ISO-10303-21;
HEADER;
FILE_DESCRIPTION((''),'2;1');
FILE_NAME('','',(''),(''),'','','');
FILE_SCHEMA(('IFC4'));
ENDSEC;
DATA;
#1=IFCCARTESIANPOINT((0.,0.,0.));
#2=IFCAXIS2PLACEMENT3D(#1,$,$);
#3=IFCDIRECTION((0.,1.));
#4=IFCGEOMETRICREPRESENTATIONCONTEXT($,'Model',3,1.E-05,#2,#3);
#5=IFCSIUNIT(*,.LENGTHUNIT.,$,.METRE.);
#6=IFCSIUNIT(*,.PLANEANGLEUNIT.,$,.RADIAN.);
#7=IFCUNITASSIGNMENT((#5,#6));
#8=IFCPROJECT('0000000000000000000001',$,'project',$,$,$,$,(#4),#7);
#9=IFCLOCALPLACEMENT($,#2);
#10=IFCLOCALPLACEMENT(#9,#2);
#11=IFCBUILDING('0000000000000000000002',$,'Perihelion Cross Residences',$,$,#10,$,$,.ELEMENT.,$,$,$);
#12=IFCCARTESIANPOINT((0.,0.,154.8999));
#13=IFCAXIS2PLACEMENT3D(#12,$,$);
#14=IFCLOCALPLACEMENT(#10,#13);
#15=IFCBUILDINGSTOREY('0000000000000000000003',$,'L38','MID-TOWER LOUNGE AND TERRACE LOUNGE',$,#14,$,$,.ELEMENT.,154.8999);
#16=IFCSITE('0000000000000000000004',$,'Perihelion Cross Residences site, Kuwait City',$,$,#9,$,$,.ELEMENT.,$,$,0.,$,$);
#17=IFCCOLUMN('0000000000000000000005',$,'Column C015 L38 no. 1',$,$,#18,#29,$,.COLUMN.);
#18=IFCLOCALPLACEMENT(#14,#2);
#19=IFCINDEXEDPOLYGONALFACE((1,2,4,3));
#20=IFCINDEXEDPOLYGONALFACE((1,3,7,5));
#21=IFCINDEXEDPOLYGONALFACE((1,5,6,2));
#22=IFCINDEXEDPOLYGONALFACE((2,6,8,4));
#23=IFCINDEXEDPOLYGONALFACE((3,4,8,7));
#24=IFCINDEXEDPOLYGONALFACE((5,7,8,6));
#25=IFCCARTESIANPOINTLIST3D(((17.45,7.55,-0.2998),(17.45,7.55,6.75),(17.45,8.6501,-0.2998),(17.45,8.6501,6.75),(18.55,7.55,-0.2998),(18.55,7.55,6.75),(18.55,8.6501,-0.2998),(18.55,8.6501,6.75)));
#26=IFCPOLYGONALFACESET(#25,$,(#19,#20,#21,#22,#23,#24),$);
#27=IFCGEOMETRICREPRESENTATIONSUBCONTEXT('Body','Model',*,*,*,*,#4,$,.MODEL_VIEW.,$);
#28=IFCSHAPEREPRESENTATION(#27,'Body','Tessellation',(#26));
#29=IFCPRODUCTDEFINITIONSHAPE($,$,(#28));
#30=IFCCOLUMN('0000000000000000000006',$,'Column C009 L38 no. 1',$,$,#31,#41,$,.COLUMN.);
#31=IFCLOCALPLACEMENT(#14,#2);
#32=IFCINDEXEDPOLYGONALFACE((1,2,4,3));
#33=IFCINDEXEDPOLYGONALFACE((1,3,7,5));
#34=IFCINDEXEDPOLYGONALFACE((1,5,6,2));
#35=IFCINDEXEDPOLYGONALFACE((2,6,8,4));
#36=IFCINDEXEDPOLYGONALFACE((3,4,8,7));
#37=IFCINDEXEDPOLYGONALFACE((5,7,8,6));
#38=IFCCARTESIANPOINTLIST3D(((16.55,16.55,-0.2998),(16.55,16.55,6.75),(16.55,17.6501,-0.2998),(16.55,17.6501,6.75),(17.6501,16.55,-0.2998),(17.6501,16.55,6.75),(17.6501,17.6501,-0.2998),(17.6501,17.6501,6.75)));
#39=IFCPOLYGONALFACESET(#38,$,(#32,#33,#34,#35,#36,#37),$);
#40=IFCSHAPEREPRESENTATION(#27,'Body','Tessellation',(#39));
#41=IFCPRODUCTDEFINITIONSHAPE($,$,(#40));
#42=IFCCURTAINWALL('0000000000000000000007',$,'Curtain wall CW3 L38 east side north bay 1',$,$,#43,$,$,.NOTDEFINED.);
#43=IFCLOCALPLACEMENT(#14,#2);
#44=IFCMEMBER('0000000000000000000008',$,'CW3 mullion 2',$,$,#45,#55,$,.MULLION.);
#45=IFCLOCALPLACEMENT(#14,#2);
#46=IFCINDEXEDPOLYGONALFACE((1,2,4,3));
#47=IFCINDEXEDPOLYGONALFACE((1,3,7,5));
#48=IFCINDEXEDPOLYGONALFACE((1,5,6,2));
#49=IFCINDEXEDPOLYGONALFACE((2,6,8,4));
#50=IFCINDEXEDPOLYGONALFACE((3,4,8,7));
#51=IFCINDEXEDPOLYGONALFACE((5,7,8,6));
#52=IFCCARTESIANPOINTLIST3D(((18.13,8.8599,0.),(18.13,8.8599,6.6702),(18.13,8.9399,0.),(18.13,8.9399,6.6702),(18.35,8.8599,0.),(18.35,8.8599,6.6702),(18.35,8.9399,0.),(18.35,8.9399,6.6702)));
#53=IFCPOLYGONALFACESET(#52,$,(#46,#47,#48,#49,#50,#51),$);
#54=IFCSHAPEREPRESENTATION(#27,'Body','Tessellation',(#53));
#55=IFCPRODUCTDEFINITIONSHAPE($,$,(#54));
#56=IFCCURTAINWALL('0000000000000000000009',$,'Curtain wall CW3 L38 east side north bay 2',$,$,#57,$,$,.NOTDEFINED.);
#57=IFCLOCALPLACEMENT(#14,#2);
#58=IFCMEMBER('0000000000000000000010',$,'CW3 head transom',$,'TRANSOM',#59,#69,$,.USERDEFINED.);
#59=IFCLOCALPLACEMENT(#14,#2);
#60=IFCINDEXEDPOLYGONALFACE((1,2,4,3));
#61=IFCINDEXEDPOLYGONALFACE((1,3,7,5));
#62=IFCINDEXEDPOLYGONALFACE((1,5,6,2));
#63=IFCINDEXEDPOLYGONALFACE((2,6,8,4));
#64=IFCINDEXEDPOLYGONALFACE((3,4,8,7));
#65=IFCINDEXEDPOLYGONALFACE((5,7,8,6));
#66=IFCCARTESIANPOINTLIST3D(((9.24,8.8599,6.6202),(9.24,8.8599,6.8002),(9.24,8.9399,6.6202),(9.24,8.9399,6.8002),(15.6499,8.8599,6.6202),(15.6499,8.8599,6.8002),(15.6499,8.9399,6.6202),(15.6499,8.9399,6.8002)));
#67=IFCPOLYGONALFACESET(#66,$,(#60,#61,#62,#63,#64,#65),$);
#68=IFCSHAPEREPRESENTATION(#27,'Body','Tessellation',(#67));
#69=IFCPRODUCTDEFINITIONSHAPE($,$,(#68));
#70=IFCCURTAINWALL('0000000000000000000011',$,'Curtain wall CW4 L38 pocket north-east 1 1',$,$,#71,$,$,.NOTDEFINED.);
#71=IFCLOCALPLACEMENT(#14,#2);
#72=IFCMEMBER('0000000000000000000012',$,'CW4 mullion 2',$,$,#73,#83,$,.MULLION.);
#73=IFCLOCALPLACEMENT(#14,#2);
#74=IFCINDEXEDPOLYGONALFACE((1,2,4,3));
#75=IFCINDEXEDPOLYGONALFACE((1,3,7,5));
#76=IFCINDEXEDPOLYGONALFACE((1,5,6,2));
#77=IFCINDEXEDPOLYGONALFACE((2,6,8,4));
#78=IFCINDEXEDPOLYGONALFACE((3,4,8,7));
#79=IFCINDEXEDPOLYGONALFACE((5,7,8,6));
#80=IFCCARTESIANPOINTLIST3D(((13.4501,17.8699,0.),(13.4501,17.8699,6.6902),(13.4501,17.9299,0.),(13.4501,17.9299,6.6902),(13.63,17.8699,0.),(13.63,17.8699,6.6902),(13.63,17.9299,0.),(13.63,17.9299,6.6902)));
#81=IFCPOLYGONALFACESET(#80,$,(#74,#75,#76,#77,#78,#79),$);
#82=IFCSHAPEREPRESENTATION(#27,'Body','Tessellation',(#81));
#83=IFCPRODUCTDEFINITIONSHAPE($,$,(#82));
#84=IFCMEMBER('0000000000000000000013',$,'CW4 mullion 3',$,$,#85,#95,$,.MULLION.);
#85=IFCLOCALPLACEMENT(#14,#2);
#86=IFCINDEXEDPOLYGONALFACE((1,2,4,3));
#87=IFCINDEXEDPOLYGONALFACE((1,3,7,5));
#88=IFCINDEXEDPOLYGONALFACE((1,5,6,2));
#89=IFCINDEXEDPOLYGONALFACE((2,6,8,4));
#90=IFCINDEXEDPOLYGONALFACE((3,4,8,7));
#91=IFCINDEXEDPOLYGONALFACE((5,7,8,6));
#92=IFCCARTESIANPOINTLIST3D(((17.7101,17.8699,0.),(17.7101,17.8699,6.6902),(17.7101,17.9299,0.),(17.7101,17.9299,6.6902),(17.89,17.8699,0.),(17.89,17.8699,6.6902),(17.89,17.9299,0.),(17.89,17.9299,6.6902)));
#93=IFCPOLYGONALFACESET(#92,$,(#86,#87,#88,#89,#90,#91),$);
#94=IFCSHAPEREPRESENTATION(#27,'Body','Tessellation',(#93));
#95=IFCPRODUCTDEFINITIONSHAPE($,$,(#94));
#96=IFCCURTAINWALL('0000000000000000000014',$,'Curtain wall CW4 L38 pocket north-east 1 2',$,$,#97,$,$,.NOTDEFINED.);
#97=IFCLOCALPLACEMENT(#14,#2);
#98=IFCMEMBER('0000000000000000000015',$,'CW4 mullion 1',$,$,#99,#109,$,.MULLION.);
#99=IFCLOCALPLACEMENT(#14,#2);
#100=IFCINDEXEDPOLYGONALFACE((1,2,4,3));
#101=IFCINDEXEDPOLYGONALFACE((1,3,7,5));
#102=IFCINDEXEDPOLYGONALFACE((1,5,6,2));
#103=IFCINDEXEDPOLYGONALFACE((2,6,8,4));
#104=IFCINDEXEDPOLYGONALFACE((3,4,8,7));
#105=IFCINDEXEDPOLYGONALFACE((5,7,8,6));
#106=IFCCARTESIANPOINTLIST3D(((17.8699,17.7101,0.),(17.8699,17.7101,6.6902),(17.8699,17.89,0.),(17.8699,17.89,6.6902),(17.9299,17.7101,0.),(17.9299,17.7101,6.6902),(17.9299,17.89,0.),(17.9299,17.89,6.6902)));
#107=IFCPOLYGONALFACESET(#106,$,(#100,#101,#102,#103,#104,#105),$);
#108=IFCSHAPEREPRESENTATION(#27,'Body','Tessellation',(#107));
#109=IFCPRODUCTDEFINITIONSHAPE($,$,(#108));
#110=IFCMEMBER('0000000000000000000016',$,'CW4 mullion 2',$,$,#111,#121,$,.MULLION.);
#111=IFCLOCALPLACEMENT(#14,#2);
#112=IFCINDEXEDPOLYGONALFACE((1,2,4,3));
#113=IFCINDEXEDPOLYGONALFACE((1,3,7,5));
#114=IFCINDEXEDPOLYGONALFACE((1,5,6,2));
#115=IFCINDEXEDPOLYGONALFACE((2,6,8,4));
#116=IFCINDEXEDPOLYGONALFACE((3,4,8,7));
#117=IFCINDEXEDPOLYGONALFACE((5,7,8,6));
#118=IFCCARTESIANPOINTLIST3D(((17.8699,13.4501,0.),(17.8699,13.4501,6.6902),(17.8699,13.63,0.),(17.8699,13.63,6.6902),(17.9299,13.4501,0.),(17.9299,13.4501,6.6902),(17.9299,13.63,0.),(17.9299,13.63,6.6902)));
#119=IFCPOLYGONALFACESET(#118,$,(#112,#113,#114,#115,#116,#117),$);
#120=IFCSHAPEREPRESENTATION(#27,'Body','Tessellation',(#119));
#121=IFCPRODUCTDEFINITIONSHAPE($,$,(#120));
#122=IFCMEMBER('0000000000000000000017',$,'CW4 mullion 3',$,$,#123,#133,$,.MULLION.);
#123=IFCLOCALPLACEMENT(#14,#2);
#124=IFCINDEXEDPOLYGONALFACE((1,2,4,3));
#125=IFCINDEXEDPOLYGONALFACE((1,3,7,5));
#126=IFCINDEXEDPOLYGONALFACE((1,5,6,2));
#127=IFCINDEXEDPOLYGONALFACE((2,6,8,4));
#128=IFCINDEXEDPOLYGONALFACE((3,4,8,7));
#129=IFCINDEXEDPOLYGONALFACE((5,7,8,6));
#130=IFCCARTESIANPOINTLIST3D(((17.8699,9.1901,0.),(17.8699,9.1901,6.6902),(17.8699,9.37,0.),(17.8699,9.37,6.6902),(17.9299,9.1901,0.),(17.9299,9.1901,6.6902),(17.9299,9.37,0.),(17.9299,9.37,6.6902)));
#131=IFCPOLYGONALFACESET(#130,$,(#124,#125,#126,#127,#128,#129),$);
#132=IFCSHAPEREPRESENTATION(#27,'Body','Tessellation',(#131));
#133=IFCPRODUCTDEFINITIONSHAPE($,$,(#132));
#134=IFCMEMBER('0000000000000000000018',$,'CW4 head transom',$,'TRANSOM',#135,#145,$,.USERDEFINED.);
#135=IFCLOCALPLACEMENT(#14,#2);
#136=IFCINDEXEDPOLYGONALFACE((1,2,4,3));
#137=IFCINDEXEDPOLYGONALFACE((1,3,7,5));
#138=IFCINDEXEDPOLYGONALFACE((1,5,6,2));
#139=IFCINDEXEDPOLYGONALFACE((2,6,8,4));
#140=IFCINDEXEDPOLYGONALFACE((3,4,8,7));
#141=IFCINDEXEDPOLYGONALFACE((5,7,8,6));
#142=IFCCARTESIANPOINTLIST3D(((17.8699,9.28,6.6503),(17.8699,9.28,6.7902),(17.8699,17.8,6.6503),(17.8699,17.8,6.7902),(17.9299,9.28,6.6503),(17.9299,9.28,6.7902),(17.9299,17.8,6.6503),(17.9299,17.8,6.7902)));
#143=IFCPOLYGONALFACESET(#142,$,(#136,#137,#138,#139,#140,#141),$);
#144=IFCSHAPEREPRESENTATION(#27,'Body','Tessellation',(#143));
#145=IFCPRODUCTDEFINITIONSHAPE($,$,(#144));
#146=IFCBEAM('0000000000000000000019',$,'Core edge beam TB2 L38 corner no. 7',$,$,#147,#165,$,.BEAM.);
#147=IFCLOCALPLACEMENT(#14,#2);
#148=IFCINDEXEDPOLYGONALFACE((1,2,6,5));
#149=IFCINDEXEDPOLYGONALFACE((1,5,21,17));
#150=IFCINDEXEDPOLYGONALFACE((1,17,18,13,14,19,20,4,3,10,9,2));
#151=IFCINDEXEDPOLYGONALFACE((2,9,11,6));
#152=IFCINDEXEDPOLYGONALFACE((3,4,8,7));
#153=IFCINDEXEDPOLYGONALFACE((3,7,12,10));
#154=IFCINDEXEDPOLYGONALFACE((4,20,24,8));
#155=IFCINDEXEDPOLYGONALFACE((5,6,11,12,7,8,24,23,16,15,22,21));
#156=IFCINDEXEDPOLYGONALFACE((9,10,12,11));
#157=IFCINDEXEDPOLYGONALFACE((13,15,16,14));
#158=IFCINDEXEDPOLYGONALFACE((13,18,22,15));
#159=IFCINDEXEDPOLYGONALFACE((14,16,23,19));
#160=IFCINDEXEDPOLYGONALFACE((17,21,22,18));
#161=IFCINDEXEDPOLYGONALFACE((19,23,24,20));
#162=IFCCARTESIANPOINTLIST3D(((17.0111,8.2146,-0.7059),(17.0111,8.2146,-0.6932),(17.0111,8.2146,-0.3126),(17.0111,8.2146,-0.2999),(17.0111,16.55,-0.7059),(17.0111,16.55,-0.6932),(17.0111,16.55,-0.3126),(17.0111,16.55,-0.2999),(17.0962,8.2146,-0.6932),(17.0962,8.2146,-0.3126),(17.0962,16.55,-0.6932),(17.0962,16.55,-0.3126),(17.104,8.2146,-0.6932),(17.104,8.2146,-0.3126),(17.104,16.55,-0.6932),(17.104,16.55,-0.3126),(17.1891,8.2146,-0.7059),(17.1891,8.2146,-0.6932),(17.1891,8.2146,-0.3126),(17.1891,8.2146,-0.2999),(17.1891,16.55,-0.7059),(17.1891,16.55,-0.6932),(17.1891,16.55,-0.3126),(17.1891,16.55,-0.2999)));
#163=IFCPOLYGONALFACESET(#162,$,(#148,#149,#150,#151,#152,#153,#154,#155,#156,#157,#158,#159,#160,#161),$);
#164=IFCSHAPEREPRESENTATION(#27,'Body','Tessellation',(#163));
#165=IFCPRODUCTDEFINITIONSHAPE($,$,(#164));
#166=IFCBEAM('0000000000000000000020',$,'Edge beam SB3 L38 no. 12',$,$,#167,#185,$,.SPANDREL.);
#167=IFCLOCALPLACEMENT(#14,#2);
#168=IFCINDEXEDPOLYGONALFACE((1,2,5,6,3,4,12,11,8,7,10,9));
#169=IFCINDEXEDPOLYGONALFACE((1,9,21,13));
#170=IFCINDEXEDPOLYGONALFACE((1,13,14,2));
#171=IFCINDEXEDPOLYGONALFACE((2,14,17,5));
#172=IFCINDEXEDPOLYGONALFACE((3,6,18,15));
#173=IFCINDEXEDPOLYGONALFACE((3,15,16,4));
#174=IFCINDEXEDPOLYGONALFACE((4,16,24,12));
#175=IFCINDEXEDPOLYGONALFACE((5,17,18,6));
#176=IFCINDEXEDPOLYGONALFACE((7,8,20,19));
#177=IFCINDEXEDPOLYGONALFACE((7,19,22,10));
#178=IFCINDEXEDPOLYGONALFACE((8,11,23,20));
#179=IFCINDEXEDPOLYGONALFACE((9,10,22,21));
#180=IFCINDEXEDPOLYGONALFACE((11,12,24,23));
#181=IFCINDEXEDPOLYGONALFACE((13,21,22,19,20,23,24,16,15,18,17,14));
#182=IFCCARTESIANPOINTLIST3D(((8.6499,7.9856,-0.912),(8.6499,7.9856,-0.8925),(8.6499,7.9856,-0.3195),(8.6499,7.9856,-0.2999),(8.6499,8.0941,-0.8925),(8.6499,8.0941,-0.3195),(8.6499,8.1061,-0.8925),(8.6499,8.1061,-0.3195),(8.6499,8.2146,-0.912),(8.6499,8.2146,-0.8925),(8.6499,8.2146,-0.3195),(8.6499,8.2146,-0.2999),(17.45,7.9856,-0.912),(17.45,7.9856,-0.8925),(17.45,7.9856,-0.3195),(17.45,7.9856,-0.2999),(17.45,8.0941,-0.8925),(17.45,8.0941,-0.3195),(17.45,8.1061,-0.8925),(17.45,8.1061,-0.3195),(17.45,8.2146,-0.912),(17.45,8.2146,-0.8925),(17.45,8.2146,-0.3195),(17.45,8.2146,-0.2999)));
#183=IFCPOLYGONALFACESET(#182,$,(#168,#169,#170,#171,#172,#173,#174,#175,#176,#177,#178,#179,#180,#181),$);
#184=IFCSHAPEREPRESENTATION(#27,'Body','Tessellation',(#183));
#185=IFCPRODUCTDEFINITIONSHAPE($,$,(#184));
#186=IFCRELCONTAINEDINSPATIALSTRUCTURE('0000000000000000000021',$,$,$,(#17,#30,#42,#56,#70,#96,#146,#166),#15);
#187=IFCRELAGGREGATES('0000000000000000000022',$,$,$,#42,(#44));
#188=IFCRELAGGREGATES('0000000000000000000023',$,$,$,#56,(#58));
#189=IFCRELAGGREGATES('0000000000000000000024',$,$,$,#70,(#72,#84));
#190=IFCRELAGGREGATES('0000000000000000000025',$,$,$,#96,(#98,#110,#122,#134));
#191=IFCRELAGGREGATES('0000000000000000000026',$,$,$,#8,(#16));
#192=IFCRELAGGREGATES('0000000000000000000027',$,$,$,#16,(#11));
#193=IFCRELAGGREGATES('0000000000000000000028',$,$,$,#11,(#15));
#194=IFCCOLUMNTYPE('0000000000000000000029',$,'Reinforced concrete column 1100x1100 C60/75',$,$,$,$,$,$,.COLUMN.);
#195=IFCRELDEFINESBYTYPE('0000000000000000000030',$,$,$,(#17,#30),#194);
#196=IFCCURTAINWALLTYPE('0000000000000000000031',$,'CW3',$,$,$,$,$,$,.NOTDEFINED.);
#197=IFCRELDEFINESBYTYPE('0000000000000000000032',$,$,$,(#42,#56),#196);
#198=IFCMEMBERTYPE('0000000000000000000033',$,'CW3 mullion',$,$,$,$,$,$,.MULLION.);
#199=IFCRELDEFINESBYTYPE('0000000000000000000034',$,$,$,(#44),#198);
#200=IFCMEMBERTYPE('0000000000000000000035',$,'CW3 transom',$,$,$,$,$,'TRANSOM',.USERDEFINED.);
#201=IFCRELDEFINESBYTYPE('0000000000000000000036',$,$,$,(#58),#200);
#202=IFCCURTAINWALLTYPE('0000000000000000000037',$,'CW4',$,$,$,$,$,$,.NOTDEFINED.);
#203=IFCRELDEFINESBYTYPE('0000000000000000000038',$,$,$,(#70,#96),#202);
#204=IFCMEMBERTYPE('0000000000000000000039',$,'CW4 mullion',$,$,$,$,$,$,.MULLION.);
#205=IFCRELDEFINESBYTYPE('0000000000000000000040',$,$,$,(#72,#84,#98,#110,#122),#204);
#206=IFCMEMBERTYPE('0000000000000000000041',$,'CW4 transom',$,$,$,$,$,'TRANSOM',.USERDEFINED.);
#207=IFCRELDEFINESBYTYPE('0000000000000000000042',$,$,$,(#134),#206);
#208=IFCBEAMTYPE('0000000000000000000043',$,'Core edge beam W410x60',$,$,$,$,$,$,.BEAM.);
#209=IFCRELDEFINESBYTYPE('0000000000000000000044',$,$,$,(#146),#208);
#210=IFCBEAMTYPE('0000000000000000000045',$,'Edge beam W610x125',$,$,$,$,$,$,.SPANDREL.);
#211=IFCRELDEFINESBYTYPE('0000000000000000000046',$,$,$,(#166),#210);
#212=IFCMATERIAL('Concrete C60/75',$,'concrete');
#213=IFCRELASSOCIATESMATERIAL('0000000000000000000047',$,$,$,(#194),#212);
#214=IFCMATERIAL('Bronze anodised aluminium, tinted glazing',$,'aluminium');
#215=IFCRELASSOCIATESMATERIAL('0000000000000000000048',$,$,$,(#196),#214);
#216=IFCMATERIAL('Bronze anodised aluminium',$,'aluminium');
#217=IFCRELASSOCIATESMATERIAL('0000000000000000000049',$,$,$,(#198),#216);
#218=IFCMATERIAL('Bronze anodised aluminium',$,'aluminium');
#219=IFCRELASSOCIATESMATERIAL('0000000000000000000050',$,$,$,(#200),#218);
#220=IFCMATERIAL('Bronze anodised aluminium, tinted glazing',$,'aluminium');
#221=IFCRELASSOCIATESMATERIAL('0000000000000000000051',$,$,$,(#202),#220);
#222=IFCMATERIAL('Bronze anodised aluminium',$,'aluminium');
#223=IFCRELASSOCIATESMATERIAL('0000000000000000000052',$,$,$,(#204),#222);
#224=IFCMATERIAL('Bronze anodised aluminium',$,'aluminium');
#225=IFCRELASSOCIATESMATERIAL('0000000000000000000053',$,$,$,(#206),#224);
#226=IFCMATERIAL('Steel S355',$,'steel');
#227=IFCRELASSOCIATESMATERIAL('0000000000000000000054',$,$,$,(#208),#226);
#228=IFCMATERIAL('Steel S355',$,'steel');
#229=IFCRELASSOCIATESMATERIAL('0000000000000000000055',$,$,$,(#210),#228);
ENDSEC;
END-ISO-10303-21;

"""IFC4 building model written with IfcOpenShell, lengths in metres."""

from ifc_helpers import new_model, si_unit, direction, frame, origin, origin_2d, place, context, subcontext, project, spatial, rectangle, i_section, extrude, material, material_profile, profile_set, type_object, element, aggregate, save


model = new_model("IFC4")

# Units and contexts
model_context = context("Model", 3, precision=1e-05, world=origin(), true_north=direction((0.0, 1.0)))
body_context = subcontext(model_context, "Body", "Model", "MODEL_VIEW")
ifc_project = project(units=[si_unit("LENGTHUNIT", "METRE"), si_unit("PLANEANGLEUNIT", "RADIAN")], contexts=[model_context])

# Site, building, storey
site_placement = place(None, origin())
site = spatial("IfcSite", under=ifc_project, at=site_placement, Name="Perihelion Cross Residences site, Kuwait City", CompositionType="ELEMENT", RefElevation=0.0)
building_placement = place(site_placement, origin())
building = spatial("IfcBuilding", under=site, at=building_placement, Name="Perihelion Cross Residences", CompositionType="ELEMENT")
storey_placement = place(building_placement, frame((0.0, 0.0, 154.8999)))
storey = spatial("IfcBuildingStorey", under=building, at=storey_placement, Name="L38", Description="MID-TOWER LOUNGE AND TERRACE LOUNGE", CompositionType="ELEMENT", Elevation=154.8999)

# Columns
ifc_material_1 = material(Name="Concrete C60/75", Category="concrete")
ifc_material_profile_1 = material_profile(ifc_material_1, rectangle(XDim=1.1001, YDim=1.1001, at=origin_2d()), Name="RC 1100x1100")
ifc_profile_set_1 = profile_set([ifc_material_profile_1], Name="Concrete C60/75")
column_type = type_object("IfcColumnType", Name="Reinforced concrete column 1100x1100 C60/75", PredefinedType="COLUMN", material=ifc_profile_set_1)
for number, where, z_axis, x_axis, name in (
    (1, (18.0, 8.1001, -0.2998), (0.0, 0.0, 1.0), (1.0, 0.0, 0.0), "Column C015 L38 no. 1"),
    (2, (17.1001, 17.1001, -0.2998), (0.0, 0.0, 1.0), (1.0, 0.0, 0.0), "Column C009 L38 no. 1"),
):
    element("IfcColumn", number, at=place(storey_placement, frame(where, z_axis=z_axis, x_axis=x_axis)), inside=storey, type_object=column_type, Name=name, PredefinedType="COLUMN", context=body_context, shape_type="SweptSolid", body=[
        extrude(rectangle(XDim=1.1001, YDim=1.1001, at=origin_2d()), origin(), (0.0, 0.0, 1.0), 7.0498),
    ])

# Curtain walls, members
ifc_material_2 = material(Name="Bronze anodised aluminium, tinted glazing", Category="aluminium")
curtain_wall_type_1 = type_object("IfcCurtainWallType", Name="CW3", PredefinedType="NOTDEFINED", material=ifc_material_2)
curtain_wall_1_placement = place(storey_placement, origin())
curtain_wall_1 = element("IfcCurtainWall", 3, at=curtain_wall_1_placement, inside=storey, type_object=curtain_wall_type_1, Name="Curtain wall CW3 L38 east side north bay 1", PredefinedType="NOTDEFINED")
ifc_material_3 = material(Name="Bronze anodised aluminium", Category="aluminium")
ifc_material_profile_2 = material_profile(ifc_material_3, rectangle(XDim=0.0801, YDim=0.22, at=origin_2d()), Name="CW3 mullion")
ifc_profile_set_2 = profile_set([ifc_material_profile_2], Name="Bronze anodised aluminium")
member_type_1 = type_object("IfcMemberType", Name="CW3 mullion", PredefinedType="MULLION", material=ifc_profile_set_2)
member_1_placement = place(storey_placement, frame((18.24, 8.8999, 0.0), z_axis=(0.0, 0.0, 1.0), x_axis=(0.0, -1.0, 0.0)))
member_1 = element("IfcMember", 4, at=member_1_placement, type_object=member_type_1, Name="CW3 mullion 2", PredefinedType="MULLION", context=body_context, shape_type="SweptSolid", body=[
    extrude(rectangle(XDim=0.0801, YDim=0.22, at=origin_2d()), origin(), (0.0, 0.0, 1.0), 6.6702),
])
aggregate(curtain_wall_1, [member_1])
curtain_wall_2_placement = place(storey_placement, origin())
curtain_wall_2 = element("IfcCurtainWall", 5, at=curtain_wall_2_placement, inside=storey, type_object=curtain_wall_type_1, Name="Curtain wall CW3 L38 east side north bay 2", PredefinedType="NOTDEFINED")
ifc_material_4 = material(Name="Bronze anodised aluminium", Category="aluminium")
ifc_material_profile_3 = material_profile(ifc_material_4, rectangle(XDim=0.0801, YDim=0.1799, at=origin_2d()), Name="CW3 transom")
ifc_profile_set_3 = profile_set([ifc_material_profile_3], Name="Bronze anodised aluminium")
member_type_2 = type_object("IfcMemberType", Name="CW3 transom", ElementType="TRANSOM", PredefinedType="USERDEFINED", material=ifc_profile_set_3)
member_2_placement = place(storey_placement, frame((15.6499, 8.8999, 6.7102), z_axis=(-1.0, 0.0, 0.0), x_axis=(0.0, -1.0, 0.0)))
member_2 = element("IfcMember", 6, at=member_2_placement, type_object=member_type_2, Name="CW3 head transom", ObjectType="TRANSOM", PredefinedType="USERDEFINED", context=body_context, shape_type="SweptSolid", body=[
    extrude(rectangle(XDim=0.0801, YDim=0.1799, at=origin_2d()), origin(), (0.0, 0.0, 1.0), 6.4099),
])

# Curtain walls, members
ifc_material_5 = material(Name="Bronze anodised aluminium, tinted glazing", Category="aluminium")
curtain_wall_type_2 = type_object("IfcCurtainWallType", Name="CW4", PredefinedType="NOTDEFINED", material=ifc_material_5)
curtain_wall_3_placement = place(storey_placement, origin())
curtain_wall_3 = element("IfcCurtainWall", 7, at=curtain_wall_3_placement, inside=storey, type_object=curtain_wall_type_2, Name="Curtain wall CW4 L38 pocket north-east 1 1", PredefinedType="NOTDEFINED")
ifc_material_6 = material(Name="Bronze anodised aluminium", Category="aluminium")
ifc_material_profile_4 = material_profile(ifc_material_6, rectangle(XDim=0.0601, YDim=0.1799, at=origin_2d()), Name="CW4 mullion")
ifc_profile_set_4 = profile_set([ifc_material_profile_4], Name="Bronze anodised aluminium")
member_type_3 = type_object("IfcMemberType", Name="CW4 mullion", PredefinedType="MULLION", material=ifc_profile_set_4)
member_3_placement = place(storey_placement, frame((13.54, 17.8999, 0.0), z_axis=(0.0, 0.0, 1.0), x_axis=(0.0, 1.0, 0.0)))
member_3 = element("IfcMember", 8, at=member_3_placement, type_object=member_type_3, Name="CW4 mullion 2", PredefinedType="MULLION", context=body_context, shape_type="SweptSolid", body=[
    extrude(rectangle(XDim=0.0601, YDim=0.1799, at=origin_2d()), origin(), (0.0, 0.0, 1.0), 6.6902),
])
member_4_placement = place(storey_placement, frame((17.8, 17.8999, 0.0), z_axis=(0.0, 0.0, 1.0), x_axis=(0.0, 1.0, 0.0)))
member_4 = element("IfcMember", 9, at=member_4_placement, type_object=member_type_3, Name="CW4 mullion 3", PredefinedType="MULLION", context=body_context, shape_type="SweptSolid", body=[
    extrude(rectangle(XDim=0.0601, YDim=0.1799, at=origin_2d()), origin(), (0.0, 0.0, 1.0), 6.6902),
])
curtain_wall_4_placement = place(storey_placement, origin())
curtain_wall_4 = element("IfcCurtainWall", 10, at=curtain_wall_4_placement, inside=storey, type_object=curtain_wall_type_2, Name="Curtain wall CW4 L38 pocket north-east 1 2", PredefinedType="NOTDEFINED")
member_5_placement = place(storey_placement, frame((17.8999, 17.8, 0.0), z_axis=(0.0, 0.0, 1.0), x_axis=(1.0, 0.0, 0.0)))
member_5 = element("IfcMember", 11, at=member_5_placement, type_object=member_type_3, Name="CW4 mullion 1", PredefinedType="MULLION", context=body_context, shape_type="SweptSolid", body=[
    extrude(rectangle(XDim=0.0601, YDim=0.1799, at=origin_2d()), origin(), (0.0, 0.0, 1.0), 6.6902),
])
member_6_placement = place(storey_placement, frame((17.8999, 13.54, 0.0), z_axis=(0.0, 0.0, 1.0), x_axis=(1.0, 0.0, 0.0)))
member_6 = element("IfcMember", 12, at=member_6_placement, type_object=member_type_3, Name="CW4 mullion 2", PredefinedType="MULLION", context=body_context, shape_type="SweptSolid", body=[
    extrude(rectangle(XDim=0.0601, YDim=0.1799, at=origin_2d()), origin(), (0.0, 0.0, 1.0), 6.6902),
])
member_7_placement = place(storey_placement, frame((17.8999, 9.28, 0.0), z_axis=(0.0, 0.0, 1.0), x_axis=(1.0, 0.0, 0.0)))
member_7 = element("IfcMember", 13, at=member_7_placement, type_object=member_type_3, Name="CW4 mullion 3", PredefinedType="MULLION", context=body_context, shape_type="SweptSolid", body=[
    extrude(rectangle(XDim=0.0601, YDim=0.1799, at=origin_2d()), origin(), (0.0, 0.0, 1.0), 6.6902),
])
ifc_material_7 = material(Name="Bronze anodised aluminium", Category="aluminium")
ifc_material_profile_5 = material_profile(ifc_material_7, rectangle(XDim=0.0601, YDim=0.1399, at=origin_2d()), Name="CW4 transom")
ifc_profile_set_5 = profile_set([ifc_material_profile_5], Name="Bronze anodised aluminium")
member_type_4 = type_object("IfcMemberType", Name="CW4 transom", ElementType="TRANSOM", PredefinedType="USERDEFINED", material=ifc_profile_set_5)
member_8_placement = place(storey_placement, frame((17.8999, 17.8, 6.7202), z_axis=(0.0, -1.0, 0.0), x_axis=(1.0, 0.0, 0.0)))
member_8 = element("IfcMember", 14, at=member_8_placement, type_object=member_type_4, Name="CW4 head transom", ObjectType="TRANSOM", PredefinedType="USERDEFINED", context=body_context, shape_type="SweptSolid", body=[
    extrude(rectangle(XDim=0.0601, YDim=0.1399, at=origin_2d()), origin(), (0.0, 0.0, 1.0), 8.52),
])

# Beams
ifc_material_8 = material(Name="Steel S355", Category="steel")
ifc_material_profile_6 = material_profile(ifc_material_8, i_section(OverallWidth=0.178, OverallDepth=0.406, WebThickness=0.0078, FlangeThickness=0.0127, at=origin_2d()), Name="W410x60")
ifc_profile_set_6 = profile_set([ifc_material_profile_6], Name="Steel S355")
beam_type_1 = type_object("IfcBeamType", Name="Core edge beam W410x60", PredefinedType="BEAM", material=ifc_profile_set_6)
beam_1_placement = place(storey_placement, frame((17.1001, 8.2146, -0.5029), z_axis=(0.0, 1.0, 0.0), x_axis=(-1.0, 0.0, 0.0)))
element("IfcBeam", 15, at=beam_1_placement, inside=storey, type_object=beam_type_1, Name="Core edge beam TB2 L38 corner no. 7", PredefinedType="BEAM", context=body_context, shape_type="SweptSolid", body=[
    extrude(i_section(OverallWidth=0.178, OverallDepth=0.406, WebThickness=0.0078, FlangeThickness=0.0127, at=origin_2d()), origin(), (0.0, 0.0, 1.0), 8.3354),
])
ifc_material_9 = material(Name="Steel S355", Category="steel")
ifc_material_profile_7 = material_profile(ifc_material_9, i_section(OverallWidth=0.229, OverallDepth=0.6121, WebThickness=0.012, FlangeThickness=0.0195, at=origin_2d()), Name="W610x125")
ifc_profile_set_7 = profile_set([ifc_material_profile_7], Name="Steel S355")
beam_type_2 = type_object("IfcBeamType", Name="Edge beam W610x125", PredefinedType="SPANDREL", material=ifc_profile_set_7)
beam_2_placement = place(storey_placement, frame((17.45, 8.1001, -0.606), z_axis=(-1.0, 0.0, 0.0), x_axis=(0.0, -1.0, 0.0)))
element("IfcBeam", 16, at=beam_2_placement, inside=storey, type_object=beam_type_2, Name="Edge beam SB3 L38 no. 12", PredefinedType="SPANDREL", context=body_context, shape_type="SweptSolid", body=[
    extrude(i_section(OverallWidth=0.229, OverallDepth=0.6121, WebThickness=0.012, FlangeThickness=0.0195, at=origin_2d()), origin(), (0.0, 0.0, 1.0), 8.8),
])

aggregate(curtain_wall_2, [member_2])
aggregate(curtain_wall_3, [member_3, member_4])
aggregate(curtain_wall_4, [member_5, member_6, member_7, member_8])

save(model, "model.ifc")
